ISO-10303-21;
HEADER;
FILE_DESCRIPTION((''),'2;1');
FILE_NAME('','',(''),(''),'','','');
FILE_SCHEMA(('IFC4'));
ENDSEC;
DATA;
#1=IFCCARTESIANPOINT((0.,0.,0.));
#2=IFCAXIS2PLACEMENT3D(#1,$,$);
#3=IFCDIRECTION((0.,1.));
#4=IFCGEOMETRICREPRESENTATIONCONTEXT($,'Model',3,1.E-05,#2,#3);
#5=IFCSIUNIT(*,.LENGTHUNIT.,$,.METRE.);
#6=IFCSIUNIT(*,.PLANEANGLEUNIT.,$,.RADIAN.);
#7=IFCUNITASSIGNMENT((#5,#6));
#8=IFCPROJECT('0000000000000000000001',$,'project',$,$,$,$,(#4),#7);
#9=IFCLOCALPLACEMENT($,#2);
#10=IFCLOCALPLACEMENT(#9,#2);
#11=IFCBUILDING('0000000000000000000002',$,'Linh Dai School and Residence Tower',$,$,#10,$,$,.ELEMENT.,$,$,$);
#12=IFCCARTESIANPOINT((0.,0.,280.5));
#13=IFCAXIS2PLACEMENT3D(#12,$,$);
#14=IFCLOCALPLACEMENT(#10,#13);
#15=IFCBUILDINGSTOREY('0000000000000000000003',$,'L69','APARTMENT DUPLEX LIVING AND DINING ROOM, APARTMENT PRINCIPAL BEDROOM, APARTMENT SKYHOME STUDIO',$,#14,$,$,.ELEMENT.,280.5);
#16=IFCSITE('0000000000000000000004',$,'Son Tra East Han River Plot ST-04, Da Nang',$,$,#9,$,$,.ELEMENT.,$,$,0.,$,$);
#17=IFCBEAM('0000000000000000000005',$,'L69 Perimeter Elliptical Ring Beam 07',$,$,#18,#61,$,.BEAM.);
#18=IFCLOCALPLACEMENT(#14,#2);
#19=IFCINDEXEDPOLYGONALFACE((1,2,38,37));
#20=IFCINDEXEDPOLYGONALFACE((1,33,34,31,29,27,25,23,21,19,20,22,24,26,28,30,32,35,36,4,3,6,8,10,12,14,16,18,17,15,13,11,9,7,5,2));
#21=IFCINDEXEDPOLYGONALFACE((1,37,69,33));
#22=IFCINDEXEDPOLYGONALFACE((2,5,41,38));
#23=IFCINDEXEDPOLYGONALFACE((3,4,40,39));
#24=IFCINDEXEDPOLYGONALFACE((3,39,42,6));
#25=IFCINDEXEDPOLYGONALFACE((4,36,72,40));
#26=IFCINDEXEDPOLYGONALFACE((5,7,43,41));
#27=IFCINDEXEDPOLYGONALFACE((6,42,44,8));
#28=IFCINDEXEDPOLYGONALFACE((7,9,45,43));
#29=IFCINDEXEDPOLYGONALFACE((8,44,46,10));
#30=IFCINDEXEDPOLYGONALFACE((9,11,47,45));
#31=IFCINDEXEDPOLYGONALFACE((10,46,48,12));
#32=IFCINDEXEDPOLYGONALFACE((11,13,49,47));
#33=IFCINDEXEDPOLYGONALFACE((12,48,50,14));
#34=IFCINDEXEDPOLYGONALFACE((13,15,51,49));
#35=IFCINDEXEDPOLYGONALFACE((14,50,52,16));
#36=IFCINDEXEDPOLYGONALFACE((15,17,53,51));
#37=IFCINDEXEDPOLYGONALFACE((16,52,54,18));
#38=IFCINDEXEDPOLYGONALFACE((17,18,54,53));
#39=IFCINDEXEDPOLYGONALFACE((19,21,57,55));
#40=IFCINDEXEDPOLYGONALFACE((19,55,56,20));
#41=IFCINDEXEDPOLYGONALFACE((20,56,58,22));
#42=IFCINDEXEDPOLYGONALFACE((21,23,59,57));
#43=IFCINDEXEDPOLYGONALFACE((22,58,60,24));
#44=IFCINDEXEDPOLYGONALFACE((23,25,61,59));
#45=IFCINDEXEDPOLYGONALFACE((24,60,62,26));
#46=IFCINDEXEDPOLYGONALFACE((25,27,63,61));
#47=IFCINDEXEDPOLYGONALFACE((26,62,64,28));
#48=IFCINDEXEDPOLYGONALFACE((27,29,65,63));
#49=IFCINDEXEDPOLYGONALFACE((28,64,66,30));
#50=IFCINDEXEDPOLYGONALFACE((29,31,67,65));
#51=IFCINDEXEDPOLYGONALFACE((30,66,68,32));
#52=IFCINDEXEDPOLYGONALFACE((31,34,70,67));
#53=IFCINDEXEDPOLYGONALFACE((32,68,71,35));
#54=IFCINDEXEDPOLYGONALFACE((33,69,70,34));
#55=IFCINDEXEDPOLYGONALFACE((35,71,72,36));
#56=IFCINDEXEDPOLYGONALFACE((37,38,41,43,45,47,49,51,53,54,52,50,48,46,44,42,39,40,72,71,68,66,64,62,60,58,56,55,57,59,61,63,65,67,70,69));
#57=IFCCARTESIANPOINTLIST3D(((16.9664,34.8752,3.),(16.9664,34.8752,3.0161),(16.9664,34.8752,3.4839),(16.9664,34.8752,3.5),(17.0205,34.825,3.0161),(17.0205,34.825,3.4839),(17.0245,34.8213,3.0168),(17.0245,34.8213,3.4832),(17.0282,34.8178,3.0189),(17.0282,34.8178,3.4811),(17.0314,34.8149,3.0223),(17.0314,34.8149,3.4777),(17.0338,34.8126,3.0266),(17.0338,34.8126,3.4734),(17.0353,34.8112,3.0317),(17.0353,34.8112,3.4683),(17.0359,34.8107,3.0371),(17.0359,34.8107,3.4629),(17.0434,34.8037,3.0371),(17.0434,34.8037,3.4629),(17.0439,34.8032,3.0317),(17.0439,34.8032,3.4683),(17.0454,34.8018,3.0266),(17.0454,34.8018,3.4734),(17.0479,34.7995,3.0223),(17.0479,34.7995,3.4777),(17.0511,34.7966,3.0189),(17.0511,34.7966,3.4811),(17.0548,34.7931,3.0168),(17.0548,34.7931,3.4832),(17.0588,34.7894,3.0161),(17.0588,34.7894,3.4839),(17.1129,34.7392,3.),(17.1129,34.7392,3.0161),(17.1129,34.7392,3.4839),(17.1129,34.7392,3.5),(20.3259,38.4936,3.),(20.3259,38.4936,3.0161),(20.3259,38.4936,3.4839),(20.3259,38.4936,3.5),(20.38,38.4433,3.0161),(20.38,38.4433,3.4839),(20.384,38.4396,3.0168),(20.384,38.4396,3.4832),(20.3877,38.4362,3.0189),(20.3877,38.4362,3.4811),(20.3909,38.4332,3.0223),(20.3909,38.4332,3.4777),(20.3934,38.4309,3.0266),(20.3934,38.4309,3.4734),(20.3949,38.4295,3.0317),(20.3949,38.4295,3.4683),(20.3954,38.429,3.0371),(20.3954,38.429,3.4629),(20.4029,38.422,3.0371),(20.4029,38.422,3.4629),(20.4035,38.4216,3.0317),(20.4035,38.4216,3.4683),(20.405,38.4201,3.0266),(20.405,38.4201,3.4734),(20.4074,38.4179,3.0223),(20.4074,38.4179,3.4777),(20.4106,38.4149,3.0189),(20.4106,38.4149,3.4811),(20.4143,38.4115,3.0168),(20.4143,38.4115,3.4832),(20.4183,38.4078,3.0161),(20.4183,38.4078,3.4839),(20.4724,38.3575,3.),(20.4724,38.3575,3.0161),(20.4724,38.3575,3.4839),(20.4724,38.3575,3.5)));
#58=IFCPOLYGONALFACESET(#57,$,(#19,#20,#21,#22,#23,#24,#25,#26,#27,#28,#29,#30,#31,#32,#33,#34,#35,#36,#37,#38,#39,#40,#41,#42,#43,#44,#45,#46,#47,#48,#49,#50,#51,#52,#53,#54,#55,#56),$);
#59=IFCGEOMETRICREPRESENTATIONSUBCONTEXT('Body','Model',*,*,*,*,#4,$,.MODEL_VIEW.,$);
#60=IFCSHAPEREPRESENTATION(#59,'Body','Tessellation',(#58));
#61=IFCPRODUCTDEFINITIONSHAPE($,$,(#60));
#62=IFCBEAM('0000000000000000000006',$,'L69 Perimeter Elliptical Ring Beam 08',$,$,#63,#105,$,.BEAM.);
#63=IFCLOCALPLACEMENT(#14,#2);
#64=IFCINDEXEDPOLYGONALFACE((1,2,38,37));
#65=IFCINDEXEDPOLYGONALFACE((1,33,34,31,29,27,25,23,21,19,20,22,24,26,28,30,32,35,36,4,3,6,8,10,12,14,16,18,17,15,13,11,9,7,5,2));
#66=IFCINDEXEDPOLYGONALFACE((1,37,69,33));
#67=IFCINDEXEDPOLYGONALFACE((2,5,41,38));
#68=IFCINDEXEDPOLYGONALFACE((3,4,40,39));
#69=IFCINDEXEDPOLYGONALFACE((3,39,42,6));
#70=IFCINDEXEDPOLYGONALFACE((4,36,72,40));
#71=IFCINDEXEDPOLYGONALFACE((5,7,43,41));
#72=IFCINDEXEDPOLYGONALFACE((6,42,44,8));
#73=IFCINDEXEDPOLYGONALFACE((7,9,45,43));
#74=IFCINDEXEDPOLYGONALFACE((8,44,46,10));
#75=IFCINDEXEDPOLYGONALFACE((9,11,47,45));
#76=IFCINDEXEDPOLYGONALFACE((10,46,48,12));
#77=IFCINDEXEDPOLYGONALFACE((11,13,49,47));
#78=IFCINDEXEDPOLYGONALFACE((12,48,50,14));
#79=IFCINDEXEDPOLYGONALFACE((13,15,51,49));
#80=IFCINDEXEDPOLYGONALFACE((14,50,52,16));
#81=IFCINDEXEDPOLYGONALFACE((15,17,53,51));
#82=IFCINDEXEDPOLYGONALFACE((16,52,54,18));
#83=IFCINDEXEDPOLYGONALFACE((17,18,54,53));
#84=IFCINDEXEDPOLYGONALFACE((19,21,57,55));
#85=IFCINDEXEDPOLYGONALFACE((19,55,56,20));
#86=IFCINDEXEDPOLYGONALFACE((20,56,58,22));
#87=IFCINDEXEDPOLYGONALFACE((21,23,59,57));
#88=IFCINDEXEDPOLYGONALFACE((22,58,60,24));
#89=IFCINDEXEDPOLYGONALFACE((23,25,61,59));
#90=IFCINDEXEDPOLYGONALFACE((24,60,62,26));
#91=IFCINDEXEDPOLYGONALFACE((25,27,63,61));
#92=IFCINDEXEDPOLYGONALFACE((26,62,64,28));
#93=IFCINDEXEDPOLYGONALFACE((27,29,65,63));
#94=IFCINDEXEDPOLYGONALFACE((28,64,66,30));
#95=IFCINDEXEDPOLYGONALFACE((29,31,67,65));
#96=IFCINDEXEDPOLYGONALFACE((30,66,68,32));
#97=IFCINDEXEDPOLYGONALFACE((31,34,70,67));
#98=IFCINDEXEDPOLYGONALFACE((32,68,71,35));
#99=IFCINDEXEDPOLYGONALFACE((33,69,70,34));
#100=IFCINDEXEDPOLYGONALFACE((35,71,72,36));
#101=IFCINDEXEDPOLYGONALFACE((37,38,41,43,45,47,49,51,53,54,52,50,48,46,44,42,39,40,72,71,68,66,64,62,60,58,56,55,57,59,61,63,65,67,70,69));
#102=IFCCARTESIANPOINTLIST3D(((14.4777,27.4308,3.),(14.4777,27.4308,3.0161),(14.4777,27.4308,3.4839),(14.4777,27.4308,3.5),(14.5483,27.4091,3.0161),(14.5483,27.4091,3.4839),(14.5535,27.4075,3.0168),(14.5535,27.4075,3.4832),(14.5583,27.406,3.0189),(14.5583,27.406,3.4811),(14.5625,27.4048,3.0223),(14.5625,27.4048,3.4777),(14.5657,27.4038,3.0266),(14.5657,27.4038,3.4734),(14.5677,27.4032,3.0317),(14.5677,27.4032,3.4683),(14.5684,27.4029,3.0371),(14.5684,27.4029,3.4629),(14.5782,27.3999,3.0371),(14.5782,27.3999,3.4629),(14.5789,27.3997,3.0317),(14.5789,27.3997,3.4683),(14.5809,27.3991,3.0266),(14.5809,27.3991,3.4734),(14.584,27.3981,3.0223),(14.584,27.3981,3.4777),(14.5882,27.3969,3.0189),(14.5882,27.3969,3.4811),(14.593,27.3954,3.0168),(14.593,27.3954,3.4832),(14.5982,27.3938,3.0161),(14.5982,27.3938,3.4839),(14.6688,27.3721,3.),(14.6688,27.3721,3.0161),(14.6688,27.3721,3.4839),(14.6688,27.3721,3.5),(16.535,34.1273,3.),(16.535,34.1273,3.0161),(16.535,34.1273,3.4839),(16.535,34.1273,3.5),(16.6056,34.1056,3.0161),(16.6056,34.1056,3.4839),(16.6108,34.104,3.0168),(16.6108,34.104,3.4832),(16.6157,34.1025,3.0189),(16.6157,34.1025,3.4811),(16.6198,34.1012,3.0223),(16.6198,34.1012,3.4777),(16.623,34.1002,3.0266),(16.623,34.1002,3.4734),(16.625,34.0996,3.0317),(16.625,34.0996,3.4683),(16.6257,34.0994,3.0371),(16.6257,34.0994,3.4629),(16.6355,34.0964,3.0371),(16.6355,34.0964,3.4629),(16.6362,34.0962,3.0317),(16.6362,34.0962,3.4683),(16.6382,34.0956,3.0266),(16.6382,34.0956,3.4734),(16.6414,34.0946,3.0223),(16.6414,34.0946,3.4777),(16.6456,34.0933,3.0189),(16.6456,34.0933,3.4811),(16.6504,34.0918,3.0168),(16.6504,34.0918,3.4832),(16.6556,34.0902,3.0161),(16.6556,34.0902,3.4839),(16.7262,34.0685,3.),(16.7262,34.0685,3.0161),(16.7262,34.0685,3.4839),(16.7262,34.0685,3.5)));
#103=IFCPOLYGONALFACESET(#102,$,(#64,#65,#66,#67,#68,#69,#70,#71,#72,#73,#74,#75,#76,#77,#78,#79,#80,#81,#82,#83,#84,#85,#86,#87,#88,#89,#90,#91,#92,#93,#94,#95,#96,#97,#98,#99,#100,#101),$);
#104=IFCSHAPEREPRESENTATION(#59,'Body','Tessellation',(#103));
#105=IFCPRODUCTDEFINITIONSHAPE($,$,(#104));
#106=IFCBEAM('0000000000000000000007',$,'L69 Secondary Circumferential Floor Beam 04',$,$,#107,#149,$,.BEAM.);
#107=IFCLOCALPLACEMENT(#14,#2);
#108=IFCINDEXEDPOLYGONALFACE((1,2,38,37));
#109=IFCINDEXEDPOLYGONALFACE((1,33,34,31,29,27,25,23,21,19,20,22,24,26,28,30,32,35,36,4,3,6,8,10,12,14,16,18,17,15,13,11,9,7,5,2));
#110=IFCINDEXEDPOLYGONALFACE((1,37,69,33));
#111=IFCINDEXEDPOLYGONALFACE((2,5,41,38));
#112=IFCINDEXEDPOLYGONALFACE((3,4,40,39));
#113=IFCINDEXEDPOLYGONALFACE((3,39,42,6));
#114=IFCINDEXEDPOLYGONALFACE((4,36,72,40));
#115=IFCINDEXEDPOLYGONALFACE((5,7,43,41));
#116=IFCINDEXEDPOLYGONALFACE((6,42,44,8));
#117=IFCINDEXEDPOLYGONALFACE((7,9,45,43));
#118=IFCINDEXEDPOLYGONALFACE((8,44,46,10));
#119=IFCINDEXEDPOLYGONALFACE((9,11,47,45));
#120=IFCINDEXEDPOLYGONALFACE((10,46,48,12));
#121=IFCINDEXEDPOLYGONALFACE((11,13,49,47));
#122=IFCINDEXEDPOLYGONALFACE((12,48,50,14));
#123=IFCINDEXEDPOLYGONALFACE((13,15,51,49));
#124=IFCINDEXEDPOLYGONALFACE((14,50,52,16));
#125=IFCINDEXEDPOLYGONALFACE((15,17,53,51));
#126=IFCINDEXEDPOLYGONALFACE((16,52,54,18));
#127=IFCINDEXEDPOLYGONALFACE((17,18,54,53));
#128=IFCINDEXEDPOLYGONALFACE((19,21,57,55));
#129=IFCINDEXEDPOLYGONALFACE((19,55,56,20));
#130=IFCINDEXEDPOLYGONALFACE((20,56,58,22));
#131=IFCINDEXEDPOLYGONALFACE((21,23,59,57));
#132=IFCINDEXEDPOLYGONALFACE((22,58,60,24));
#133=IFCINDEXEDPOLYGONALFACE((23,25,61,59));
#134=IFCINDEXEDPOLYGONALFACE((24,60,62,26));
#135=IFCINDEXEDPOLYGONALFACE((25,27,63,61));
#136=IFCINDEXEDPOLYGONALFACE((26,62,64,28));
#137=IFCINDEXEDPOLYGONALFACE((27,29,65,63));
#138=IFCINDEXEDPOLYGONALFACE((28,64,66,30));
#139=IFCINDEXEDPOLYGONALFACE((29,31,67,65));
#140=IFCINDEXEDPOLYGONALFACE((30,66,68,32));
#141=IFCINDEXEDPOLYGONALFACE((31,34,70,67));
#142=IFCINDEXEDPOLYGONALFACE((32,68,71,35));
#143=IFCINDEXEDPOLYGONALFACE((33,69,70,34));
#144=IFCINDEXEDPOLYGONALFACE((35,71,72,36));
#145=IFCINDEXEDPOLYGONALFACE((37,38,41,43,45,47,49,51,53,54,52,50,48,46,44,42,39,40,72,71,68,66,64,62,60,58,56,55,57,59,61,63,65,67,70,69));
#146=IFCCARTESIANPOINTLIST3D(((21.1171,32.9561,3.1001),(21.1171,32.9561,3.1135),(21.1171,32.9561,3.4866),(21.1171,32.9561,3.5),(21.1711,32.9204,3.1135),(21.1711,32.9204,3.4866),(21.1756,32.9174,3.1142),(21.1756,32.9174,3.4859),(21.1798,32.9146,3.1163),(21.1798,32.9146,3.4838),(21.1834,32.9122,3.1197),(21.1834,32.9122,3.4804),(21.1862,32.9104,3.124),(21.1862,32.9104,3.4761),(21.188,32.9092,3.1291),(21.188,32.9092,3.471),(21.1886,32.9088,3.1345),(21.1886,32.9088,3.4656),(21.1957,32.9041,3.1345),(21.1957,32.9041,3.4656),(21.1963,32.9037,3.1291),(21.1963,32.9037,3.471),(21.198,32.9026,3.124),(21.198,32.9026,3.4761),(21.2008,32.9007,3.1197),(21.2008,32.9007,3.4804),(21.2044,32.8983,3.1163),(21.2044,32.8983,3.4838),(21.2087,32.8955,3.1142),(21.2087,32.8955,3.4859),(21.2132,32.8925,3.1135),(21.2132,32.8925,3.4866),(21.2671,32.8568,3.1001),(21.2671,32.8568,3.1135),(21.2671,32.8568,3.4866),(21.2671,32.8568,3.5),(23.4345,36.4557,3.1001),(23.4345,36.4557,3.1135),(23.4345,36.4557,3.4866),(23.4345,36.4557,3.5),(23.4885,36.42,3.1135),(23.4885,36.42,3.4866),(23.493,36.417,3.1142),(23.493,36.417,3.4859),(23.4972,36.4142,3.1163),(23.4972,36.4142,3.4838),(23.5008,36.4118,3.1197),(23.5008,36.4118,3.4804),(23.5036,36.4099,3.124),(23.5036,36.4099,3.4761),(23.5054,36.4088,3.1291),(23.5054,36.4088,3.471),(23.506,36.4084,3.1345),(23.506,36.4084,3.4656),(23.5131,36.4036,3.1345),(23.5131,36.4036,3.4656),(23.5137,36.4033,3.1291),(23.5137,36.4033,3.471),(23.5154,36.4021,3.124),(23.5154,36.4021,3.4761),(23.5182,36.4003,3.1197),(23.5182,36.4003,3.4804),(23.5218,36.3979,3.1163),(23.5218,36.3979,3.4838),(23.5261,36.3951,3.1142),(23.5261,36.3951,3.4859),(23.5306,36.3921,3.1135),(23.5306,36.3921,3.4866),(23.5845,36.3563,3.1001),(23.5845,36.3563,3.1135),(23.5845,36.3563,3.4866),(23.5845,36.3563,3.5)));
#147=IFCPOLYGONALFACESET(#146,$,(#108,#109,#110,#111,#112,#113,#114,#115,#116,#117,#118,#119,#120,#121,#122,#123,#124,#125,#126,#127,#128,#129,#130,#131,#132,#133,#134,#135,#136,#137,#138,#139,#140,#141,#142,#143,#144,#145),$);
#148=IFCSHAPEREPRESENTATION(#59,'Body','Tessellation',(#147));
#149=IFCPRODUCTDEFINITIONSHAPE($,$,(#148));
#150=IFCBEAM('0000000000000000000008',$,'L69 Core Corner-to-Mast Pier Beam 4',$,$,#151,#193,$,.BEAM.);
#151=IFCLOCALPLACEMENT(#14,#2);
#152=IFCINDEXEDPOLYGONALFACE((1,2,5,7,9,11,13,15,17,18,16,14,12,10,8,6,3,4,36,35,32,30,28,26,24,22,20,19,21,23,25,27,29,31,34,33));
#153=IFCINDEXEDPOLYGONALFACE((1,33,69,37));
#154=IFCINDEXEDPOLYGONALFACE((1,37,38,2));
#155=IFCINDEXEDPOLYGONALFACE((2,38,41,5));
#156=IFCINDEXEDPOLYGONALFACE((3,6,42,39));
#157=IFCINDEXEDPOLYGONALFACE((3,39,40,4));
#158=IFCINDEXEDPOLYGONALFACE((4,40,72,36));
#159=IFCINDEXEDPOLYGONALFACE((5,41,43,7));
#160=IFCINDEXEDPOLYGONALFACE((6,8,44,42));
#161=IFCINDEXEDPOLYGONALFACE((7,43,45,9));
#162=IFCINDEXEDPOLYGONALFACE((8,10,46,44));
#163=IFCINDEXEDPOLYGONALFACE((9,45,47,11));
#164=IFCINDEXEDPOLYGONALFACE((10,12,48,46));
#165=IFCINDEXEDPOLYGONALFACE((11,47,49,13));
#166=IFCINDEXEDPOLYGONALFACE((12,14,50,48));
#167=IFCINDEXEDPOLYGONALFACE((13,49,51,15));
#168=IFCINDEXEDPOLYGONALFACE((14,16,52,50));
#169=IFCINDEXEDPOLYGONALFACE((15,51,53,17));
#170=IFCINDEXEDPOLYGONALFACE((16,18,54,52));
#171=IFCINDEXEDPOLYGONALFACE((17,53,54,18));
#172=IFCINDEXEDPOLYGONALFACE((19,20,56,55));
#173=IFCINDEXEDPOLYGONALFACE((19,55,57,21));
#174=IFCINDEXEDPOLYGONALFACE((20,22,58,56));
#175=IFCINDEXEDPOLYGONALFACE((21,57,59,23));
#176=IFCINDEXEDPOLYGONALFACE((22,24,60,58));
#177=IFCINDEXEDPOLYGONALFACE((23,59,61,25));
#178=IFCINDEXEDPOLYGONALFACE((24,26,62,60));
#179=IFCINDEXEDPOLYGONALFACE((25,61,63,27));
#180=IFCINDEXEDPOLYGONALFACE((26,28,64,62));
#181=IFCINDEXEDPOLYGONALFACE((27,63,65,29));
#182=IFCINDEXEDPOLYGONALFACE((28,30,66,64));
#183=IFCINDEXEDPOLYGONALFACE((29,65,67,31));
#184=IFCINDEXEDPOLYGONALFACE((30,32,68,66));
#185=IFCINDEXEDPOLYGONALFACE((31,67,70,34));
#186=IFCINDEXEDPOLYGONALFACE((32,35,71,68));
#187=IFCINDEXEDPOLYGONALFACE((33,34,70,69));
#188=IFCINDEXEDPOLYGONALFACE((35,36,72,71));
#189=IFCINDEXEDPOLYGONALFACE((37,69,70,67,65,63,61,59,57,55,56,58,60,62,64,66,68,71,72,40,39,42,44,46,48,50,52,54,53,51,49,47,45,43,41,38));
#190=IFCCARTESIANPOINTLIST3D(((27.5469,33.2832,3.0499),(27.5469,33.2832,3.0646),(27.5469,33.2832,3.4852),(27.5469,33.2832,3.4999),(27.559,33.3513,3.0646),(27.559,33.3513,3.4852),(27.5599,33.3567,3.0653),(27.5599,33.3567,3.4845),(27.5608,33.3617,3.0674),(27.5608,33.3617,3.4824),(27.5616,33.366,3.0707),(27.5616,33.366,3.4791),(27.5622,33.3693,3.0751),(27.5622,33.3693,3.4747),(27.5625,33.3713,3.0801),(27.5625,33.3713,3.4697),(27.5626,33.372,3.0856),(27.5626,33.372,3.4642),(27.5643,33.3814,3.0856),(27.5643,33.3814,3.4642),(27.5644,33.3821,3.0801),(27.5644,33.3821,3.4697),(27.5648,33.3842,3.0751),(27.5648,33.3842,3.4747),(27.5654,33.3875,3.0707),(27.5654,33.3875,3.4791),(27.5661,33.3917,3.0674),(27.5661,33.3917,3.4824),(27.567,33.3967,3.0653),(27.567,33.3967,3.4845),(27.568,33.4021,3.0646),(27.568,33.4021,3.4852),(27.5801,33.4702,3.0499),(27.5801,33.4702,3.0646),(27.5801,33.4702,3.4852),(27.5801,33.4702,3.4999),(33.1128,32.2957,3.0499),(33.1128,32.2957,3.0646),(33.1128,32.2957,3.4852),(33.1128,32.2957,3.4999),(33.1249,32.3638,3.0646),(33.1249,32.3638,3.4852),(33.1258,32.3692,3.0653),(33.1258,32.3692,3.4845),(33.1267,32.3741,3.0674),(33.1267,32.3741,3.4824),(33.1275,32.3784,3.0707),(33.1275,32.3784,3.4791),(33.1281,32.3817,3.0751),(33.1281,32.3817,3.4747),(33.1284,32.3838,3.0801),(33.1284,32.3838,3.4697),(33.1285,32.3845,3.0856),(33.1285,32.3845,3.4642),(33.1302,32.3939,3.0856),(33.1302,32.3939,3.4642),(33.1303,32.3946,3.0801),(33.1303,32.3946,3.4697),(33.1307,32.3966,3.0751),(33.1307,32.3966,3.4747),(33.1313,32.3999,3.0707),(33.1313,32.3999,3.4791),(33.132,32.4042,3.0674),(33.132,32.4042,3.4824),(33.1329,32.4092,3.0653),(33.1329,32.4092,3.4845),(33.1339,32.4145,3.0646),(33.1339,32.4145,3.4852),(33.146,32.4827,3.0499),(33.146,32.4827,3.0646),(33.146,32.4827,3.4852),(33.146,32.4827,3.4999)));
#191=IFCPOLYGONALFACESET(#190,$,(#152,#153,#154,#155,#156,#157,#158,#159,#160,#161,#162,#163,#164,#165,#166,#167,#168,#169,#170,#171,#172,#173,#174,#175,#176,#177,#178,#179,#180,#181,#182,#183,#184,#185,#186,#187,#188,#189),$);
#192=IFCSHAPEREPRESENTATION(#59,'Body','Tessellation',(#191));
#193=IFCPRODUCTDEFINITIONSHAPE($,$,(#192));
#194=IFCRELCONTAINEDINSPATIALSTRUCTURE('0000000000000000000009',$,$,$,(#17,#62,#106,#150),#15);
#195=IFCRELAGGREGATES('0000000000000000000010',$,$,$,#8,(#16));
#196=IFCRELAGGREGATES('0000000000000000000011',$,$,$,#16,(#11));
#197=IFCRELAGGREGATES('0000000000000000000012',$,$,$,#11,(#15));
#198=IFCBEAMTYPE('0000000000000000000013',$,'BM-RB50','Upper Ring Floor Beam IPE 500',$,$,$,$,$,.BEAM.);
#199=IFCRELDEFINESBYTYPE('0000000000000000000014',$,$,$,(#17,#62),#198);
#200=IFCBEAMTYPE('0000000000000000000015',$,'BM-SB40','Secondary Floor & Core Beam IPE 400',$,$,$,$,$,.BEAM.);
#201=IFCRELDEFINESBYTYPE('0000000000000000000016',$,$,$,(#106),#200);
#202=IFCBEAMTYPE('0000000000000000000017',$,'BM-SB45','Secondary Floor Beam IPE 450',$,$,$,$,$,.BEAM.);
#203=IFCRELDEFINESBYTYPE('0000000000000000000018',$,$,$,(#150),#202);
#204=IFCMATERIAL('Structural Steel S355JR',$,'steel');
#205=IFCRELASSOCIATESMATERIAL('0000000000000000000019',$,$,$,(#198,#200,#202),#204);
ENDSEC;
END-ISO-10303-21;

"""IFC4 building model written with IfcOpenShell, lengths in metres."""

from ifc_helpers import new_model, si_unit, direction, frame, origin, origin_2d, place, context, subcontext, project, spatial, i_section, extrude, material, material_profile, profile_set, type_object, element, save


model = new_model("IFC4")

# Units and contexts
model_context = context("Model", 3, precision=1e-05, world=origin(), true_north=direction((0.0, 1.0)))
body_context = subcontext(model_context, "Body", "Model", "MODEL_VIEW")
ifc_project = project(units=[si_unit("LENGTHUNIT", "METRE"), si_unit("PLANEANGLEUNIT", "RADIAN")], contexts=[model_context])

# Site, building, storey
site_placement = place(None, origin())
site = spatial("IfcSite", under=ifc_project, at=site_placement, Name="Son Tra East Han River Plot ST-04, Da Nang", CompositionType="ELEMENT", RefElevation=0.0)
building_placement = place(site_placement, origin())
building = spatial("IfcBuilding", under=site, at=building_placement, Name="Linh Dai School and Residence Tower", CompositionType="ELEMENT")
storey_placement = place(building_placement, frame((0.0, 0.0, 280.5)))
storey = spatial("IfcBuildingStorey", under=building, at=storey_placement, Name="L69", Description="APARTMENT DUPLEX LIVING AND DINING ROOM, APARTMENT PRINCIPAL BEDROOM, APARTMENT SKYHOME STUDIO", CompositionType="ELEMENT", Elevation=280.5)

# Shared definitions
ifc_material_1 = material(Name="Structural Steel S355JR", Category="steel")

# Beams
ifc_material_profile_1 = material_profile(ifc_material_1, i_section(OverallWidth=0.2, OverallDepth=0.5, WebThickness=0.0103, FlangeThickness=0.0161, FilletRadius=0.021, at=origin_2d()), Name="IPE 500")
ifc_profile_set_1 = profile_set([ifc_material_profile_1], Name="Structural Steel S355JR")
beam_type_1 = type_object("IfcBeamType", Name="BM-RB50", Description="Upper Ring Floor Beam IPE 500", PredefinedType="BEAM", material=ifc_profile_set_1)
beam_1_placement = place(storey_placement, frame((20.3992, 38.4255, 3.25), z_axis=(-0.680415, -0.732827, 0.0), x_axis=(0.732827, -0.680415, 0.0)))
element("IfcBeam", 1, at=beam_1_placement, inside=storey, type_object=beam_type_1, Name="L69 Perimeter Elliptical Ring Beam 07", PredefinedType="BEAM", context=body_context, shape_type="SweptSolid", body=[
    extrude(i_section(OverallWidth=0.2, OverallDepth=0.5, WebThickness=0.0103, FlangeThickness=0.0161, FilletRadius=0.021, at=origin_2d()), origin(), (0.0, 0.0, 1.0), 4.9375),
])
beam_2_placement = place(storey_placement, frame((16.6306, 34.0979, 3.25), z_axis=(-0.293682, -0.955903, 0.0), x_axis=(0.955903, -0.293682, 0.0)))
element("IfcBeam", 2, at=beam_2_placement, inside=storey, type_object=beam_type_1, Name="L69 Perimeter Elliptical Ring Beam 08", PredefinedType="BEAM", context=body_context, shape_type="SweptSolid", body=[
    extrude(i_section(OverallWidth=0.2, OverallDepth=0.5, WebThickness=0.0103, FlangeThickness=0.0161, FilletRadius=0.021, at=origin_2d()), origin(), (0.0, 0.0, 1.0), 7.0054),
])
ifc_material_profile_2 = material_profile(ifc_material_1, i_section(OverallWidth=0.1799, OverallDepth=0.3999, WebThickness=0.0085, FlangeThickness=0.0134, FilletRadius=0.021, at=origin_2d()), Name="IPE 400")
ifc_profile_set_2 = profile_set([ifc_material_profile_2], Name="Structural Steel S355JR")
beam_type_2 = type_object("IfcBeamType", Name="BM-SB40", Description="Secondary Floor & Core Beam IPE 400", PredefinedType="BEAM", material=ifc_profile_set_2)
beam_3_placement = place(storey_placement, frame((23.5095, 36.406, 3.3), z_axis=(-0.55212, -0.833764, 0.0), x_axis=(0.833764, -0.55212, 0.0)))
element("IfcBeam", 3, at=beam_3_placement, inside=storey, type_object=beam_type_2, Name="L69 Secondary Circumferential Floor Beam 04", PredefinedType="BEAM", context=body_context, shape_type="SweptSolid", body=[
    extrude(i_section(OverallWidth=0.1799, OverallDepth=0.3999, WebThickness=0.0085, FlangeThickness=0.0134, FilletRadius=0.021, at=origin_2d()), origin(), (0.0, 0.0, 1.0), 4.1973),
])
ifc_material_profile_3 = material_profile(ifc_material_1, i_section(OverallWidth=0.1899, OverallDepth=0.45, WebThickness=0.0095, FlangeThickness=0.0146, FilletRadius=0.021, at=origin_2d()), Name="IPE 450")
ifc_profile_set_3 = profile_set([ifc_material_profile_3], Name="Structural Steel S355JR")
beam_type_3 = type_object("IfcBeamType", Name="BM-SB45", Description="Secondary Floor Beam IPE 450", PredefinedType="BEAM", material=ifc_profile_set_3)
beam_4_placement = place(storey_placement, frame((27.5635, 33.3767, 3.2749), z_axis=(0.984622, -0.174699, 0.0), x_axis=(0.174699, 0.984622, 0.0)))
element("IfcBeam", 4, at=beam_4_placement, inside=storey, type_object=beam_type_3, Name="L69 Core Corner-to-Mast Pier Beam 4", PredefinedType="BEAM", context=body_context, shape_type="SweptSolid", body=[
    extrude(i_section(OverallWidth=0.1899, OverallDepth=0.45, WebThickness=0.0095, FlangeThickness=0.0146, FilletRadius=0.021, at=origin_2d()), origin(), (0.0, 0.0, 1.0), 5.6528),
])

save(model, "model.ifc")
